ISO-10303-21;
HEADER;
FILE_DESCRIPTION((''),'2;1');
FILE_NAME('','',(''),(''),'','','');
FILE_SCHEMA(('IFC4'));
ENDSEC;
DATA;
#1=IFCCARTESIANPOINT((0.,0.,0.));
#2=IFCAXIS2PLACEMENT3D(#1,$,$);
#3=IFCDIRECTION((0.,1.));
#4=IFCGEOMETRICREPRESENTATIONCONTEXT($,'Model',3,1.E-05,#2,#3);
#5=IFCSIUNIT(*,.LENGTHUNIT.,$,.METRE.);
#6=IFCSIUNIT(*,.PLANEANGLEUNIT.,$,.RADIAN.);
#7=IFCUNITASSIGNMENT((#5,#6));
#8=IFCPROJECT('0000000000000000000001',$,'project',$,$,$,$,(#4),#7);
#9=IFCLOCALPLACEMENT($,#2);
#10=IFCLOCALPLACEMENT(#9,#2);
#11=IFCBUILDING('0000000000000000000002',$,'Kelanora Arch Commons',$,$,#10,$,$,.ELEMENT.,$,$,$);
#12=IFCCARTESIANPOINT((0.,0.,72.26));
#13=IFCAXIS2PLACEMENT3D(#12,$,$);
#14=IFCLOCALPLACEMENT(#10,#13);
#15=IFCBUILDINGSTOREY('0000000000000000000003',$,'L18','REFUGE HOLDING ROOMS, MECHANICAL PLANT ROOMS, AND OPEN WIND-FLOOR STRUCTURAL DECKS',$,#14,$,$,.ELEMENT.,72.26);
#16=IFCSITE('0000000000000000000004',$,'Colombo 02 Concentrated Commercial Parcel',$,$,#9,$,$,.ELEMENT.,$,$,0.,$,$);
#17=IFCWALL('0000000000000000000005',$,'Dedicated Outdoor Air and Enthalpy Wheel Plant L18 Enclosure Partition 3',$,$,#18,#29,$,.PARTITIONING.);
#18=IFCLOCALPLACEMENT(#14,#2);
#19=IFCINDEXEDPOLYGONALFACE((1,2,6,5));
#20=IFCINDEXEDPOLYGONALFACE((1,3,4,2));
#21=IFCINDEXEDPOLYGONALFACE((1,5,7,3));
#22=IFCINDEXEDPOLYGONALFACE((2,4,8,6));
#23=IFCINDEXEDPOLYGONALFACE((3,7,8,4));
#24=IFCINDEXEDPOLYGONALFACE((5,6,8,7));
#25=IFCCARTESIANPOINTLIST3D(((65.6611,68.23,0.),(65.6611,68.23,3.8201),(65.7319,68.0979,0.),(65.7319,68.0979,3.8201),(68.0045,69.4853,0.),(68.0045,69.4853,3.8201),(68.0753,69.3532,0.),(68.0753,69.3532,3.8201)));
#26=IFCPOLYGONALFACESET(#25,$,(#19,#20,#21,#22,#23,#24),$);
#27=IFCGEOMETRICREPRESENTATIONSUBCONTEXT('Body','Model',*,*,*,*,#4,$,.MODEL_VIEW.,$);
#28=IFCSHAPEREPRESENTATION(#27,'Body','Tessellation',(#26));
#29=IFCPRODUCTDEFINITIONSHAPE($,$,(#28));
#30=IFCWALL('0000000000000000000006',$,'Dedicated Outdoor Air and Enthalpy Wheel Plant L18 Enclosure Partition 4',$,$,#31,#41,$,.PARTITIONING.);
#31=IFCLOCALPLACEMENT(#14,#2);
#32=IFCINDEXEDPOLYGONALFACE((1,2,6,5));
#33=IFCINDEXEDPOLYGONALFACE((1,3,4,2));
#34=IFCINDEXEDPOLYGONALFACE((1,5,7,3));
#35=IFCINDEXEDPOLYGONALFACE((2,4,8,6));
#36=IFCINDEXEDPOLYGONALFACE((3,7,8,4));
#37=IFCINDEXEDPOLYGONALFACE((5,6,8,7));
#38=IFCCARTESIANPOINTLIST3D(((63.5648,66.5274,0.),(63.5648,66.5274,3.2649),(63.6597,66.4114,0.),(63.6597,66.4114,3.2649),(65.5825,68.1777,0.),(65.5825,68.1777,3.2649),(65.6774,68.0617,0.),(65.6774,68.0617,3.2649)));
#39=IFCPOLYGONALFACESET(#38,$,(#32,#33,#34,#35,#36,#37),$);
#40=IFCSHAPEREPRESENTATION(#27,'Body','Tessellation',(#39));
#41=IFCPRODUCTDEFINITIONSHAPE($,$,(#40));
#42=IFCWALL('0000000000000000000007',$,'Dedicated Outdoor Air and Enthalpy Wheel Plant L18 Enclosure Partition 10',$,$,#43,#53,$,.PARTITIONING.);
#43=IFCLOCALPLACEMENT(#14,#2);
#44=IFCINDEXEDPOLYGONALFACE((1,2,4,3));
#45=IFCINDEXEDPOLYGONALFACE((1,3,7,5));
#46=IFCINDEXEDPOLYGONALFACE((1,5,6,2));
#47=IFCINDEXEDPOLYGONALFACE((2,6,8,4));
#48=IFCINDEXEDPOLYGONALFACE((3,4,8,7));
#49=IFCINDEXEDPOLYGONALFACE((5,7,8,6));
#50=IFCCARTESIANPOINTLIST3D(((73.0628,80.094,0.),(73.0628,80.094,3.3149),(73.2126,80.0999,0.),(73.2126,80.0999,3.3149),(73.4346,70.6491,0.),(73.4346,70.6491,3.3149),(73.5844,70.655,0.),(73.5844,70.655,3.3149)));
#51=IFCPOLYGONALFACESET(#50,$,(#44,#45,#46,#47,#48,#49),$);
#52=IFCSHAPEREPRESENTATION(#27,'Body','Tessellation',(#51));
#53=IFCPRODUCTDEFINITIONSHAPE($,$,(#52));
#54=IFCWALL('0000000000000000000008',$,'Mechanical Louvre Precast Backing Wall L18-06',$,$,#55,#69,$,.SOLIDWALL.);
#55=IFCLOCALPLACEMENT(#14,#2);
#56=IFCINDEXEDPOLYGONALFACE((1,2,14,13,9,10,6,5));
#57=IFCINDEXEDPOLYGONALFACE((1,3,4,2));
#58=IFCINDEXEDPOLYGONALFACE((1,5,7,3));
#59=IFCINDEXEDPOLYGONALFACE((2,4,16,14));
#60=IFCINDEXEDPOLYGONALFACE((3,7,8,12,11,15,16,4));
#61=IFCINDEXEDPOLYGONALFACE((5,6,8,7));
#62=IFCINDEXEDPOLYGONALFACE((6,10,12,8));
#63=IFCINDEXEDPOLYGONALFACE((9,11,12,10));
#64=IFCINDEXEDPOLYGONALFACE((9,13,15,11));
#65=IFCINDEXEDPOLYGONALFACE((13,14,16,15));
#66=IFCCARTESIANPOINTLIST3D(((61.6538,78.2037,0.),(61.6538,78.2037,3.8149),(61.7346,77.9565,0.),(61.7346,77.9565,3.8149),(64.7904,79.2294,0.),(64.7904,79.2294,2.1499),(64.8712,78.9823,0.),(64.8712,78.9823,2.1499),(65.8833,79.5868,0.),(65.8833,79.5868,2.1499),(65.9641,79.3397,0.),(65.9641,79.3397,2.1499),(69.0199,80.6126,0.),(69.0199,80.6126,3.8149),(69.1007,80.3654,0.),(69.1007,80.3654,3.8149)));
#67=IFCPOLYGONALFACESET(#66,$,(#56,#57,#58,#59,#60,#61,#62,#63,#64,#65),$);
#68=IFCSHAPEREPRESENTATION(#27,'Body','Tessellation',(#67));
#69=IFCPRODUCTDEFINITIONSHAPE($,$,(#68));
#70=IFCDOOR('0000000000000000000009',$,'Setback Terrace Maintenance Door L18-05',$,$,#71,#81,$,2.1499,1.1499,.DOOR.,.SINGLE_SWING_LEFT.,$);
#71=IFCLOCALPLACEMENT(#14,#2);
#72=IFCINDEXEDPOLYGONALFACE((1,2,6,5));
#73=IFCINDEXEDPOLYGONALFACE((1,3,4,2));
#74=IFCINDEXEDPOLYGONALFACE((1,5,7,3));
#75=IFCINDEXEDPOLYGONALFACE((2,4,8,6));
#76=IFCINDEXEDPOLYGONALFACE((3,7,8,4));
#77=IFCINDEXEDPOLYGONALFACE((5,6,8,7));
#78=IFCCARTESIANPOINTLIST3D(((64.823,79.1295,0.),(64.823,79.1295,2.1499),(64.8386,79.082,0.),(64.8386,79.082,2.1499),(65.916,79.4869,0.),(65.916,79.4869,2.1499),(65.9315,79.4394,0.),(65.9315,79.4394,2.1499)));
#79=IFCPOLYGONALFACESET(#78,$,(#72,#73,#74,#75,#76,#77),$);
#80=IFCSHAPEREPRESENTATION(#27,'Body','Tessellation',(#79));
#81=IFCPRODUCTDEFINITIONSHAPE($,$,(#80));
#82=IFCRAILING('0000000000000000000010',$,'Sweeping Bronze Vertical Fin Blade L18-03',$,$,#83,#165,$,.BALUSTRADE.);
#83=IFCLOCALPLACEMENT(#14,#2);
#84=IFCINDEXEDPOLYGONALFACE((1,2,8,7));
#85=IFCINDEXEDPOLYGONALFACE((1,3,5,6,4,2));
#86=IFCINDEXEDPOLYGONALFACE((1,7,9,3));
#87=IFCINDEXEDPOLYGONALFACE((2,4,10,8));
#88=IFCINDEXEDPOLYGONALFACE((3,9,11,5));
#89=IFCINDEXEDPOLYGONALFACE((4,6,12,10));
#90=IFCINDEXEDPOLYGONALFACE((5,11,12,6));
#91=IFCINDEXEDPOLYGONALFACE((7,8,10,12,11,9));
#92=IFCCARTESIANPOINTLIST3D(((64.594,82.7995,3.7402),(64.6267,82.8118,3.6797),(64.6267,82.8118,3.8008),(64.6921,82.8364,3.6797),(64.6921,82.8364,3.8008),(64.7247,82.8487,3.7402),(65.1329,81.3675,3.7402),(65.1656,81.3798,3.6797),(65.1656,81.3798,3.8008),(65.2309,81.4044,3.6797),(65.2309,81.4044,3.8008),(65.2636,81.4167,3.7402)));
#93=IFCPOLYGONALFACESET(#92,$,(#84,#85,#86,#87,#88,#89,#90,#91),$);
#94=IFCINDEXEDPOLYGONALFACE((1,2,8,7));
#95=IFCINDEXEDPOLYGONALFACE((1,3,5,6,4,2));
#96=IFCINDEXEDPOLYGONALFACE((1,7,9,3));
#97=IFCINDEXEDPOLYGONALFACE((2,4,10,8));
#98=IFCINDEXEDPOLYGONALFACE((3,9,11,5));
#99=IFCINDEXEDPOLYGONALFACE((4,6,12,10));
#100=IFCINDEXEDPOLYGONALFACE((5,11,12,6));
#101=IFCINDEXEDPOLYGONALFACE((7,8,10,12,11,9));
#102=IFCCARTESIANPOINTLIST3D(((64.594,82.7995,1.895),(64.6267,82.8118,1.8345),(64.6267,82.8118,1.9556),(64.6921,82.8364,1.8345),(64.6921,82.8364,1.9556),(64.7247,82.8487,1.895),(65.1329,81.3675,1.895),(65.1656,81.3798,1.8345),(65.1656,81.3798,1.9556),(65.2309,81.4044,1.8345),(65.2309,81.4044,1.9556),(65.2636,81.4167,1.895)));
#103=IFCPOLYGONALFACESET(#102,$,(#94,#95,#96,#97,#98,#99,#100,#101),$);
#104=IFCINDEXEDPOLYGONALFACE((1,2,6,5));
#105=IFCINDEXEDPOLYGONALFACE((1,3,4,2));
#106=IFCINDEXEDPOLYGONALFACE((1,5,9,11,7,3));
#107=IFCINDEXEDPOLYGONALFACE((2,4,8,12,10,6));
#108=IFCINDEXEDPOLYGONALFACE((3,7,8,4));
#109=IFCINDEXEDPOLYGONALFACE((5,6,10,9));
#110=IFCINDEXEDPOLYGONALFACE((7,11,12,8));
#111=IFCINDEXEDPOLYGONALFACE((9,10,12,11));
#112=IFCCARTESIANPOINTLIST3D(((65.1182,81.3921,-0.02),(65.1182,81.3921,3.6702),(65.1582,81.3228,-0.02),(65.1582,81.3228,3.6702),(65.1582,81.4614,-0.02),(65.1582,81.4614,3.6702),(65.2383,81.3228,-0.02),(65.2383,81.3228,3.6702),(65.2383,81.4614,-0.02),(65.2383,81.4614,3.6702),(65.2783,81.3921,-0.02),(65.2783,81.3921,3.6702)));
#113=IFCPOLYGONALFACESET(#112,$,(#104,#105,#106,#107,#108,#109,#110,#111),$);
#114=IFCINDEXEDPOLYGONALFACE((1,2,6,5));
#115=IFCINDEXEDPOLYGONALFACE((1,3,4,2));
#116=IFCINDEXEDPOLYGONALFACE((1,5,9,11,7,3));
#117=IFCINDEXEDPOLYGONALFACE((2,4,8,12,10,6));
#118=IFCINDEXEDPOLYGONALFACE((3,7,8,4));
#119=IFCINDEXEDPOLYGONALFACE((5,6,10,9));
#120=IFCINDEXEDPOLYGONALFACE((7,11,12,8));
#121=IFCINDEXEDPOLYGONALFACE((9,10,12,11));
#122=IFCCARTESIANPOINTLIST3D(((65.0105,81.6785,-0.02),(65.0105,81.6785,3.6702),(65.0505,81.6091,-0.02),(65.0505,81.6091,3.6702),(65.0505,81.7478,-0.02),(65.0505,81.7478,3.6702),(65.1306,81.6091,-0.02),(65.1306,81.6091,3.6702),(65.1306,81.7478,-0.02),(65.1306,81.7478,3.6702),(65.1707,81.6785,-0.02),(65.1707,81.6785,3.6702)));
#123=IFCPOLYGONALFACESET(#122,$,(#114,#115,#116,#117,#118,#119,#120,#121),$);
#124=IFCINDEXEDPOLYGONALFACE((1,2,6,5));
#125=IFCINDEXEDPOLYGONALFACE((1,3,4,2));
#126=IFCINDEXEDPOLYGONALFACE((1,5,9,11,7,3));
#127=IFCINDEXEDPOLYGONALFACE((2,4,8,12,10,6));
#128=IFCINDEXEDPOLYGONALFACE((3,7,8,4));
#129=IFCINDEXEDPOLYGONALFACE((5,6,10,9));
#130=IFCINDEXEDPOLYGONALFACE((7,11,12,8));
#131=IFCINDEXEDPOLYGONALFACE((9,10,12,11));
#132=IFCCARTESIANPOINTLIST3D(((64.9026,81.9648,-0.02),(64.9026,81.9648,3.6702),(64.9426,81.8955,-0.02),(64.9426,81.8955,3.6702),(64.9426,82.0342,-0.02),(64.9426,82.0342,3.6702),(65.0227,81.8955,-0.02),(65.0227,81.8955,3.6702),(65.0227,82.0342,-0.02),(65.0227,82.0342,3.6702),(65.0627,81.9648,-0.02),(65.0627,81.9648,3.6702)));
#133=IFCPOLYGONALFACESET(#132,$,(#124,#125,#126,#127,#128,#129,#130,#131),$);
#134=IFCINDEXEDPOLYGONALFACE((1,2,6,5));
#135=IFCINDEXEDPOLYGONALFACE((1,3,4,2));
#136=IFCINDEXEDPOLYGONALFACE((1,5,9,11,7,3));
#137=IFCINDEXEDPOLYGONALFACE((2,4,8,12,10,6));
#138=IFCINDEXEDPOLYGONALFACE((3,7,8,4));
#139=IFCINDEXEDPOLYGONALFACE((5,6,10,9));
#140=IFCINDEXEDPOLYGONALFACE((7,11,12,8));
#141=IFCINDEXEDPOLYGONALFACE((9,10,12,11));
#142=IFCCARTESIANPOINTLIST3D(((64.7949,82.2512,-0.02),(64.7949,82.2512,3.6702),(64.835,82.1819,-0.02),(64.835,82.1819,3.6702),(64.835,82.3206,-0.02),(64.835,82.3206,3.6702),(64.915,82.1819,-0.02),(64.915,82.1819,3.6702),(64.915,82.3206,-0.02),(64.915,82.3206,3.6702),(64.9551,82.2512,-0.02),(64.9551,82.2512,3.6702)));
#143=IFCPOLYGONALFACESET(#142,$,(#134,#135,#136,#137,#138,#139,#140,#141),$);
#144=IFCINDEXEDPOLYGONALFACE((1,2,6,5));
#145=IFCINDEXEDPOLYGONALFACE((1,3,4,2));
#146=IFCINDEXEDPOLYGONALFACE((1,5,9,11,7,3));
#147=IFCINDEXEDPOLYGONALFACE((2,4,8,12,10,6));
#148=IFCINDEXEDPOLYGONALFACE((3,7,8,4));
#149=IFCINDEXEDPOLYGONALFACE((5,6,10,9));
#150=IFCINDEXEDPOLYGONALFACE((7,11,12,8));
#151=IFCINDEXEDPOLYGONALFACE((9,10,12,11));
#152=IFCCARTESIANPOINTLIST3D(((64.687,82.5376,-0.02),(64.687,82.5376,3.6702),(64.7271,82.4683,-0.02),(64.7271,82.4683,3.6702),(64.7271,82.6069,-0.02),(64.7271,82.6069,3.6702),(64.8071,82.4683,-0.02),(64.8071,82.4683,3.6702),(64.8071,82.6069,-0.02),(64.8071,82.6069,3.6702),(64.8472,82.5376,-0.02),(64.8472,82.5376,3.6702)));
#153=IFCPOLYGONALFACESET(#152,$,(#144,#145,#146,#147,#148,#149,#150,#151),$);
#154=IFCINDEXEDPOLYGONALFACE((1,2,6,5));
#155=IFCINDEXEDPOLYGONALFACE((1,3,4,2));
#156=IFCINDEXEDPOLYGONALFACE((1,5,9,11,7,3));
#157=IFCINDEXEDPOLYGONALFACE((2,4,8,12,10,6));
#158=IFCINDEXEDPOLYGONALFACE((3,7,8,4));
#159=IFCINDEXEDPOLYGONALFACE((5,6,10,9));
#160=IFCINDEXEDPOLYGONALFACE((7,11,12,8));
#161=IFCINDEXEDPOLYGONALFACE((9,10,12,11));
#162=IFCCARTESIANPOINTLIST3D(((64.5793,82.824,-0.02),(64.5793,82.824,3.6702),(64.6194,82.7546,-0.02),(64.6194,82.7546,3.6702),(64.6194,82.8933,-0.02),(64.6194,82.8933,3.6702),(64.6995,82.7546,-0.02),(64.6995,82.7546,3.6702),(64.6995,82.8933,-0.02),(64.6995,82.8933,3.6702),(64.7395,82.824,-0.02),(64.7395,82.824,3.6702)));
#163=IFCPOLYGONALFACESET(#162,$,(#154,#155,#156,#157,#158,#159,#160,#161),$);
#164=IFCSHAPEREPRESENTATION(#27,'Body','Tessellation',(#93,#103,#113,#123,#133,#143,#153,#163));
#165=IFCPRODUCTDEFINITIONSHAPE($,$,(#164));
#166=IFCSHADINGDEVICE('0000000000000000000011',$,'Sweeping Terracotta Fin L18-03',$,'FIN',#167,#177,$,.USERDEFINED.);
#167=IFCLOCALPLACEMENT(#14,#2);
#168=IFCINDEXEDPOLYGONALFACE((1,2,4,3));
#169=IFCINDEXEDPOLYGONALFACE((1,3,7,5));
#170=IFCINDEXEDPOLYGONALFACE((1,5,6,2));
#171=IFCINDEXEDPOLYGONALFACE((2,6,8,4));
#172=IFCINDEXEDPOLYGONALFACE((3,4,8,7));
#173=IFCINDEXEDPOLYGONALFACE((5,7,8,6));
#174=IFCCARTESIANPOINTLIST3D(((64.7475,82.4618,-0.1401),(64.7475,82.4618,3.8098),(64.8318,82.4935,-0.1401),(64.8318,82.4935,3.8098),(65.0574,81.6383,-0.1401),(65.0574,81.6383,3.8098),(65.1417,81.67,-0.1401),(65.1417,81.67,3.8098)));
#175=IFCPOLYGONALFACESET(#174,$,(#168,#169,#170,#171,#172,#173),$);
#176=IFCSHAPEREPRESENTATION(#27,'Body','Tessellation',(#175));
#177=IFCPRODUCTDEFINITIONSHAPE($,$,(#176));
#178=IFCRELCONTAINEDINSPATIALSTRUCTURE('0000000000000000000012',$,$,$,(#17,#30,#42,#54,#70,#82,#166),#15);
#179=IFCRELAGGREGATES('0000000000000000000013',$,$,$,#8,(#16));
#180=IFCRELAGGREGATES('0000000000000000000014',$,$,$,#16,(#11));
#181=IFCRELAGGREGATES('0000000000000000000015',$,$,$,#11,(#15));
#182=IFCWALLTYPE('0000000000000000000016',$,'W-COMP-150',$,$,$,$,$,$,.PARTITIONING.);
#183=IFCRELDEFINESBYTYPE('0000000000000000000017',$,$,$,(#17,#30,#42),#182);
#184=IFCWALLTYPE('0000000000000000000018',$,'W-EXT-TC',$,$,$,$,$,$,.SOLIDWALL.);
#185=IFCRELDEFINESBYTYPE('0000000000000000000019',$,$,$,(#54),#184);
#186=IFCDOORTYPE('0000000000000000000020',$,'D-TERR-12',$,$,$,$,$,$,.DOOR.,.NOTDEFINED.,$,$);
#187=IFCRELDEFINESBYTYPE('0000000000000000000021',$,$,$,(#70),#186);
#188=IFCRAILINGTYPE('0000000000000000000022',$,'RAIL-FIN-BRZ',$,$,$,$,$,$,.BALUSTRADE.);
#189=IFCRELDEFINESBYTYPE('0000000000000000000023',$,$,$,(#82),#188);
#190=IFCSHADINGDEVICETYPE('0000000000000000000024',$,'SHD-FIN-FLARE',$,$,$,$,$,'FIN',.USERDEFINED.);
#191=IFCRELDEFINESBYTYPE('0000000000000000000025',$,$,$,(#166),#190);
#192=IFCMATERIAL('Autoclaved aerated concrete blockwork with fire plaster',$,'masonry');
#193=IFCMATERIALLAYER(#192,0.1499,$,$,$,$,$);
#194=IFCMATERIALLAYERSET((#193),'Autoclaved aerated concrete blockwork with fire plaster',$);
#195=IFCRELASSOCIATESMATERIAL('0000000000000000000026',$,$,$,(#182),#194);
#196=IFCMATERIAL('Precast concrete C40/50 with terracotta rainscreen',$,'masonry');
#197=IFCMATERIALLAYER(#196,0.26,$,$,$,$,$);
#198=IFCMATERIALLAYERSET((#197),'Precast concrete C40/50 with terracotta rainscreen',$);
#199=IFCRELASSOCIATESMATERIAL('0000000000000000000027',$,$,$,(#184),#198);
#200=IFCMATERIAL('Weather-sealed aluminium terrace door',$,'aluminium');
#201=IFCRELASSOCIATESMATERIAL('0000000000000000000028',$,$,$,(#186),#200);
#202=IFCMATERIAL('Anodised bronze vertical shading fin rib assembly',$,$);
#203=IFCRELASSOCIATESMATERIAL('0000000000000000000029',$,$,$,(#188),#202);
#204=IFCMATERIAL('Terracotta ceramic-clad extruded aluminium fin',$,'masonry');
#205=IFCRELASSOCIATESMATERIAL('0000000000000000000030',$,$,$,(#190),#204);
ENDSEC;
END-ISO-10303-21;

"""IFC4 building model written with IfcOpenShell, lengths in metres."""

from ifc_helpers import new_model, si_unit, direction, frame, frame_2d, origin, origin_2d, place, context, subcontext, project, spatial, polyline, rectangle, outline, extrude, source, transform, mapped, material, layer, layer_set, type_object, element, fill, save


model = new_model("IFC4")

# Units and contexts
model_context = context("Model", 3, precision=1e-05, world=origin(), true_north=direction((0.0, 1.0)))
body_context = subcontext(model_context, "Body", "Model", "MODEL_VIEW")
ifc_project = project(units=[si_unit("LENGTHUNIT", "METRE"), si_unit("PLANEANGLEUNIT", "RADIAN")], contexts=[model_context])

# Site, building, storey
site_placement = place(None, origin())
site = spatial("IfcSite", under=ifc_project, at=site_placement, Name="Colombo 02 Concentrated Commercial Parcel", CompositionType="ELEMENT", RefElevation=0.0)
building_placement = place(site_placement, origin())
building = spatial("IfcBuilding", under=site, at=building_placement, Name="Kelanora Arch Commons", CompositionType="ELEMENT")
storey_placement = place(building_placement, frame((0.0, 0.0, 72.26)))
storey = spatial("IfcBuildingStorey", under=building, at=storey_placement, Name="L18", Description="REFUGE HOLDING ROOMS, MECHANICAL PLANT ROOMS, AND OPEN WIND-FLOOR STRUCTURAL DECKS", CompositionType="ELEMENT", Elevation=72.26)

# Shared definitions
ifc_material_1 = material(Name="Autoclaved aerated concrete blockwork with fire plaster", Category="masonry")
ifc_layer_1 = layer(ifc_material_1, 0.1499)
ifc_layer_set_1 = layer_set([ifc_layer_1], Name="Autoclaved aerated concrete blockwork with fire plaster")
wall_type_1 = type_object("IfcWallType", Name="W-COMP-150", PredefinedType="PARTITIONING", material=ifc_layer_set_1)

# Walls
wall_1_placement = place(storey_placement, frame((68.0398, 69.4192, 0.0), z_axis=(0.0, 0.0, 1.0), x_axis=(-0.881492, -0.472198, 0.0)))
element("IfcWall", 1, at=wall_1_placement, inside=storey, type_object=wall_type_1, Name="Dedicated Outdoor Air and Enthalpy Wheel Plant L18 Enclosure Partition 3", PredefinedType="PARTITIONING", context=body_context, shape_type="SweptSolid", body=[
    extrude(rectangle(XDim=2.6584, YDim=0.1499, at=frame_2d((1.3291, 0.0))), origin(), (0.0, 0.0, 1.0), 3.8201),
])
wall_2_placement = place(storey_placement, frame((65.6299, 68.1196, 0.0), z_axis=(0.0, 0.0, 1.0), x_axis=(-0.774062, -0.63311, 0.0)))
element("IfcWall", 2, at=wall_2_placement, inside=storey, type_object=wall_type_1, Name="Dedicated Outdoor Air and Enthalpy Wheel Plant L18 Enclosure Partition 4", PredefinedType="PARTITIONING", context=body_context, shape_type="SweptSolid", body=[
    extrude(rectangle(XDim=2.6067, YDim=0.1499, at=frame_2d((1.3032, 0.0))), origin(), (0.0, 0.0, 1.0), 3.2649),
])
wall_3_placement = place(storey_placement, frame((73.1377, 80.0969, 0.0), z_axis=(0.0, 0.0, 1.0), x_axis=(0.039338, -0.999226, 0.0)))
element("IfcWall", 3, at=wall_3_placement, inside=storey, type_object=wall_type_1, Name="Dedicated Outdoor Air and Enthalpy Wheel Plant L18 Enclosure Partition 10", PredefinedType="PARTITIONING", context=body_context, shape_type="SweptSolid", body=[
    extrude(rectangle(XDim=9.4521, YDim=0.1499, at=frame_2d((4.7261, 0.0))), origin(), (0.0, 0.0, 1.0), 3.3149),
])

# Wall, opening, door
ifc_material_2 = material(Name="Precast concrete C40/50 with terracotta rainscreen", Category="masonry")
ifc_layer_2 = layer(ifc_material_2, 0.26)
ifc_layer_set_2 = layer_set([ifc_layer_2], Name="Precast concrete C40/50 with terracotta rainscreen")
wall_type_2 = type_object("IfcWallType", Name="W-EXT-TC", PredefinedType="SOLIDWALL", material=ifc_layer_set_2)
wall_4_placement = place(storey_placement, frame((69.0603, 80.489, 0.0), z_axis=(0.0, 0.0, 1.0), x_axis=(-0.950467, -0.310826, 0.0)))
wall_4 = element("IfcWall", 4, at=wall_4_placement, inside=storey, type_object=wall_type_2, Name="Mechanical Louvre Precast Backing Wall L18-06", PredefinedType="SOLIDWALL", context=body_context, shape_type="SweptSolid", body=[
    extrude(rectangle(XDim=7.75, YDim=0.26, at=frame_2d((3.875, 0.0))), origin(), (0.0, 0.0, 1.0), 3.8149),
])
opening_1_placement = place(wall_4_placement, frame((3.3, 0.0, 0.0)))
opening_1 = element("IfcOpeningElement", 5, at=opening_1_placement, cuts=wall_4, PredefinedType="OPENING", context=body_context, shape_type="SweptSolid", body=[
    extrude(rectangle(XDim=1.1499, YDim=2.1499, at=frame_2d((0.575, 1.075))), frame((0.0, 0.1401, 0.0), z_axis=(0.0, -1.0, 0.0), x_axis=(1.0, 0.0, 0.0)), (0.0, 0.0, 1.0), 0.28),
])
ifc_material_3 = material(Name="Weather-sealed aluminium terrace door", Category="aluminium")
door_type_1 = type_object("IfcDoorType", Name="D-TERR-12", OperationType="NOTDEFINED", PredefinedType="DOOR", material=ifc_material_3)
door_1_placement = place(opening_1_placement, frame((1.1499, 0.0, 0.0), z_axis=(0.0, 0.0, 1.0), x_axis=(-1.0, 0.0, 0.0)))
door_1 = element("IfcDoor", 6, at=door_1_placement, inside=storey, type_object=door_type_1, Name="Setback Terrace Maintenance Door L18-05", OperationType="SINGLE_SWING_LEFT", OverallHeight=2.1499, OverallWidth=1.1499, PredefinedType="DOOR", context=body_context, shape_type="SweptSolid", body=[
    extrude(rectangle(XDim=1.1499, YDim=2.1499, at=frame_2d((0.575, 1.075))), frame((0.0, 0.0249, 0.0), z_axis=(0.0, -1.0, 0.0), x_axis=(1.0, 0.0, 0.0)), (0.0, 0.0, 1.0), 0.05),
])
fill(opening_1, door_1)

# Railing
ifc_material_4 = material(Name="Anodised bronze vertical shading fin rib assembly")
railing_type = type_object("IfcRailingType", Name="RAIL-FIN-BRZ", PredefinedType="BALUSTRADE", material=ifc_material_4)
railing_placement = place(storey_placement, frame((65.1982, 81.3921, -0.02)))
element("IfcRailing", 7, at=railing_placement, inside=storey, type_object=railing_type, Name="Sweeping Bronze Vertical Fin Blade L18-03", PredefinedType="BALUSTRADE", context=body_context, shape_type="SweptSolid", body=[
    extrude(outline(polyline([(0.0698, 0.0), (0.0349, 0.0605), (-0.0349, 0.0605), (-0.0698, 0.0), (-0.0349, -0.0605), (0.0349, -0.0605), (0.0698, 0.0)])), frame((0.0, 0.0, 3.7603), z_axis=(-0.35219, 0.935929, 0.0), x_axis=(-0.935929, -0.35219, 0.0)), (0.0, 0.0, 1.0), 1.53),
    extrude(outline(polyline([(0.0698, 0.0), (0.0349, 0.0605), (-0.0349, 0.0605), (-0.0698, 0.0), (-0.0349, -0.0605), (0.0349, -0.0605), (0.0698, 0.0)])), frame((0.0, 0.0, 1.915), z_axis=(-0.35219, 0.935929, 0.0), x_axis=(-0.935929, -0.35219, 0.0)), (0.0, 0.0, 1.0), 1.53),
    extrude(outline(polyline([(0.0801, 0.0), (0.04, 0.0693), (-0.04, 0.0693), (-0.0801, 0.0), (-0.04, -0.0693), (0.04, -0.0693), (0.0801, 0.0)])), origin(), (0.0, 0.0, 1.0), 3.6902),
    extrude(outline(polyline([(0.0801, 0.0), (0.04, 0.0693), (-0.04, 0.0693), (-0.0801, 0.0), (-0.04, -0.0693), (0.04, -0.0693), (0.0801, 0.0)])), frame((-0.1077, 0.2864, 0.0)), (0.0, 0.0, 1.0), 3.6902),
    extrude(outline(polyline([(0.0801, 0.0), (0.04, 0.0693), (-0.04, 0.0693), (-0.0801, 0.0), (-0.04, -0.0693), (0.04, -0.0693), (0.0801, 0.0)])), frame((-0.2156, 0.5728, 0.0)), (0.0, 0.0, 1.0), 3.6902),
    extrude(outline(polyline([(0.0801, 0.0), (0.04, 0.0693), (-0.04, 0.0693), (-0.0801, 0.0), (-0.04, -0.0693), (0.04, -0.0693), (0.0801, 0.0)])), frame((-0.3232, 0.8591, 0.0)), (0.0, 0.0, 1.0), 3.6902),
    extrude(outline(polyline([(0.0801, 0.0), (0.04, 0.0693), (-0.04, 0.0693), (-0.0801, 0.0), (-0.04, -0.0693), (0.04, -0.0693), (0.0801, 0.0)])), frame((-0.4312, 1.1455, 0.0)), (0.0, 0.0, 1.0), 3.6902),
    extrude(outline(polyline([(0.0801, 0.0), (0.04, 0.0693), (-0.04, 0.0693), (-0.0801, 0.0), (-0.04, -0.0693), (0.04, -0.0693), (0.0801, 0.0)])), frame((-0.5388, 1.4319, 0.0)), (0.0, 0.0, 1.0), 3.6902),
])

# Shading device
ifc_material_5 = material(Name="Terracotta ceramic-clad extruded aluminium fin", Category="masonry")
shading_device_type = type_object("IfcShadingDeviceType", Name="SHD-FIN-FLARE", ElementType="FIN", PredefinedType="USERDEFINED", material=ifc_material_5)
shared_shape_1 = source(origin(), body_context, "Body", "SweptSolid", [
    extrude(rectangle(XDim=0.8799, YDim=0.0901, at=origin_2d()), origin(), (0.0, 0.0, 1.0), 3.95),
])
shading_device_placement = place(storey_placement, frame((64.9446, 82.0659, -0.1401), z_axis=(0.0, 0.0, 1.0), x_axis=(-0.352168, 0.935937, 0.0)))
element("IfcShadingDevice", 8, at=shading_device_placement, inside=storey, type_object=shading_device_type, Name="Sweeping Terracotta Fin L18-03", ObjectType="FIN", PredefinedType="USERDEFINED", context=body_context, shape_type="MappedRepresentation", body=[
    mapped(shared_shape_1, transform((0.0, 0.0, 0.0), scale=1.0)),
])

save(model, "model.ifc")
